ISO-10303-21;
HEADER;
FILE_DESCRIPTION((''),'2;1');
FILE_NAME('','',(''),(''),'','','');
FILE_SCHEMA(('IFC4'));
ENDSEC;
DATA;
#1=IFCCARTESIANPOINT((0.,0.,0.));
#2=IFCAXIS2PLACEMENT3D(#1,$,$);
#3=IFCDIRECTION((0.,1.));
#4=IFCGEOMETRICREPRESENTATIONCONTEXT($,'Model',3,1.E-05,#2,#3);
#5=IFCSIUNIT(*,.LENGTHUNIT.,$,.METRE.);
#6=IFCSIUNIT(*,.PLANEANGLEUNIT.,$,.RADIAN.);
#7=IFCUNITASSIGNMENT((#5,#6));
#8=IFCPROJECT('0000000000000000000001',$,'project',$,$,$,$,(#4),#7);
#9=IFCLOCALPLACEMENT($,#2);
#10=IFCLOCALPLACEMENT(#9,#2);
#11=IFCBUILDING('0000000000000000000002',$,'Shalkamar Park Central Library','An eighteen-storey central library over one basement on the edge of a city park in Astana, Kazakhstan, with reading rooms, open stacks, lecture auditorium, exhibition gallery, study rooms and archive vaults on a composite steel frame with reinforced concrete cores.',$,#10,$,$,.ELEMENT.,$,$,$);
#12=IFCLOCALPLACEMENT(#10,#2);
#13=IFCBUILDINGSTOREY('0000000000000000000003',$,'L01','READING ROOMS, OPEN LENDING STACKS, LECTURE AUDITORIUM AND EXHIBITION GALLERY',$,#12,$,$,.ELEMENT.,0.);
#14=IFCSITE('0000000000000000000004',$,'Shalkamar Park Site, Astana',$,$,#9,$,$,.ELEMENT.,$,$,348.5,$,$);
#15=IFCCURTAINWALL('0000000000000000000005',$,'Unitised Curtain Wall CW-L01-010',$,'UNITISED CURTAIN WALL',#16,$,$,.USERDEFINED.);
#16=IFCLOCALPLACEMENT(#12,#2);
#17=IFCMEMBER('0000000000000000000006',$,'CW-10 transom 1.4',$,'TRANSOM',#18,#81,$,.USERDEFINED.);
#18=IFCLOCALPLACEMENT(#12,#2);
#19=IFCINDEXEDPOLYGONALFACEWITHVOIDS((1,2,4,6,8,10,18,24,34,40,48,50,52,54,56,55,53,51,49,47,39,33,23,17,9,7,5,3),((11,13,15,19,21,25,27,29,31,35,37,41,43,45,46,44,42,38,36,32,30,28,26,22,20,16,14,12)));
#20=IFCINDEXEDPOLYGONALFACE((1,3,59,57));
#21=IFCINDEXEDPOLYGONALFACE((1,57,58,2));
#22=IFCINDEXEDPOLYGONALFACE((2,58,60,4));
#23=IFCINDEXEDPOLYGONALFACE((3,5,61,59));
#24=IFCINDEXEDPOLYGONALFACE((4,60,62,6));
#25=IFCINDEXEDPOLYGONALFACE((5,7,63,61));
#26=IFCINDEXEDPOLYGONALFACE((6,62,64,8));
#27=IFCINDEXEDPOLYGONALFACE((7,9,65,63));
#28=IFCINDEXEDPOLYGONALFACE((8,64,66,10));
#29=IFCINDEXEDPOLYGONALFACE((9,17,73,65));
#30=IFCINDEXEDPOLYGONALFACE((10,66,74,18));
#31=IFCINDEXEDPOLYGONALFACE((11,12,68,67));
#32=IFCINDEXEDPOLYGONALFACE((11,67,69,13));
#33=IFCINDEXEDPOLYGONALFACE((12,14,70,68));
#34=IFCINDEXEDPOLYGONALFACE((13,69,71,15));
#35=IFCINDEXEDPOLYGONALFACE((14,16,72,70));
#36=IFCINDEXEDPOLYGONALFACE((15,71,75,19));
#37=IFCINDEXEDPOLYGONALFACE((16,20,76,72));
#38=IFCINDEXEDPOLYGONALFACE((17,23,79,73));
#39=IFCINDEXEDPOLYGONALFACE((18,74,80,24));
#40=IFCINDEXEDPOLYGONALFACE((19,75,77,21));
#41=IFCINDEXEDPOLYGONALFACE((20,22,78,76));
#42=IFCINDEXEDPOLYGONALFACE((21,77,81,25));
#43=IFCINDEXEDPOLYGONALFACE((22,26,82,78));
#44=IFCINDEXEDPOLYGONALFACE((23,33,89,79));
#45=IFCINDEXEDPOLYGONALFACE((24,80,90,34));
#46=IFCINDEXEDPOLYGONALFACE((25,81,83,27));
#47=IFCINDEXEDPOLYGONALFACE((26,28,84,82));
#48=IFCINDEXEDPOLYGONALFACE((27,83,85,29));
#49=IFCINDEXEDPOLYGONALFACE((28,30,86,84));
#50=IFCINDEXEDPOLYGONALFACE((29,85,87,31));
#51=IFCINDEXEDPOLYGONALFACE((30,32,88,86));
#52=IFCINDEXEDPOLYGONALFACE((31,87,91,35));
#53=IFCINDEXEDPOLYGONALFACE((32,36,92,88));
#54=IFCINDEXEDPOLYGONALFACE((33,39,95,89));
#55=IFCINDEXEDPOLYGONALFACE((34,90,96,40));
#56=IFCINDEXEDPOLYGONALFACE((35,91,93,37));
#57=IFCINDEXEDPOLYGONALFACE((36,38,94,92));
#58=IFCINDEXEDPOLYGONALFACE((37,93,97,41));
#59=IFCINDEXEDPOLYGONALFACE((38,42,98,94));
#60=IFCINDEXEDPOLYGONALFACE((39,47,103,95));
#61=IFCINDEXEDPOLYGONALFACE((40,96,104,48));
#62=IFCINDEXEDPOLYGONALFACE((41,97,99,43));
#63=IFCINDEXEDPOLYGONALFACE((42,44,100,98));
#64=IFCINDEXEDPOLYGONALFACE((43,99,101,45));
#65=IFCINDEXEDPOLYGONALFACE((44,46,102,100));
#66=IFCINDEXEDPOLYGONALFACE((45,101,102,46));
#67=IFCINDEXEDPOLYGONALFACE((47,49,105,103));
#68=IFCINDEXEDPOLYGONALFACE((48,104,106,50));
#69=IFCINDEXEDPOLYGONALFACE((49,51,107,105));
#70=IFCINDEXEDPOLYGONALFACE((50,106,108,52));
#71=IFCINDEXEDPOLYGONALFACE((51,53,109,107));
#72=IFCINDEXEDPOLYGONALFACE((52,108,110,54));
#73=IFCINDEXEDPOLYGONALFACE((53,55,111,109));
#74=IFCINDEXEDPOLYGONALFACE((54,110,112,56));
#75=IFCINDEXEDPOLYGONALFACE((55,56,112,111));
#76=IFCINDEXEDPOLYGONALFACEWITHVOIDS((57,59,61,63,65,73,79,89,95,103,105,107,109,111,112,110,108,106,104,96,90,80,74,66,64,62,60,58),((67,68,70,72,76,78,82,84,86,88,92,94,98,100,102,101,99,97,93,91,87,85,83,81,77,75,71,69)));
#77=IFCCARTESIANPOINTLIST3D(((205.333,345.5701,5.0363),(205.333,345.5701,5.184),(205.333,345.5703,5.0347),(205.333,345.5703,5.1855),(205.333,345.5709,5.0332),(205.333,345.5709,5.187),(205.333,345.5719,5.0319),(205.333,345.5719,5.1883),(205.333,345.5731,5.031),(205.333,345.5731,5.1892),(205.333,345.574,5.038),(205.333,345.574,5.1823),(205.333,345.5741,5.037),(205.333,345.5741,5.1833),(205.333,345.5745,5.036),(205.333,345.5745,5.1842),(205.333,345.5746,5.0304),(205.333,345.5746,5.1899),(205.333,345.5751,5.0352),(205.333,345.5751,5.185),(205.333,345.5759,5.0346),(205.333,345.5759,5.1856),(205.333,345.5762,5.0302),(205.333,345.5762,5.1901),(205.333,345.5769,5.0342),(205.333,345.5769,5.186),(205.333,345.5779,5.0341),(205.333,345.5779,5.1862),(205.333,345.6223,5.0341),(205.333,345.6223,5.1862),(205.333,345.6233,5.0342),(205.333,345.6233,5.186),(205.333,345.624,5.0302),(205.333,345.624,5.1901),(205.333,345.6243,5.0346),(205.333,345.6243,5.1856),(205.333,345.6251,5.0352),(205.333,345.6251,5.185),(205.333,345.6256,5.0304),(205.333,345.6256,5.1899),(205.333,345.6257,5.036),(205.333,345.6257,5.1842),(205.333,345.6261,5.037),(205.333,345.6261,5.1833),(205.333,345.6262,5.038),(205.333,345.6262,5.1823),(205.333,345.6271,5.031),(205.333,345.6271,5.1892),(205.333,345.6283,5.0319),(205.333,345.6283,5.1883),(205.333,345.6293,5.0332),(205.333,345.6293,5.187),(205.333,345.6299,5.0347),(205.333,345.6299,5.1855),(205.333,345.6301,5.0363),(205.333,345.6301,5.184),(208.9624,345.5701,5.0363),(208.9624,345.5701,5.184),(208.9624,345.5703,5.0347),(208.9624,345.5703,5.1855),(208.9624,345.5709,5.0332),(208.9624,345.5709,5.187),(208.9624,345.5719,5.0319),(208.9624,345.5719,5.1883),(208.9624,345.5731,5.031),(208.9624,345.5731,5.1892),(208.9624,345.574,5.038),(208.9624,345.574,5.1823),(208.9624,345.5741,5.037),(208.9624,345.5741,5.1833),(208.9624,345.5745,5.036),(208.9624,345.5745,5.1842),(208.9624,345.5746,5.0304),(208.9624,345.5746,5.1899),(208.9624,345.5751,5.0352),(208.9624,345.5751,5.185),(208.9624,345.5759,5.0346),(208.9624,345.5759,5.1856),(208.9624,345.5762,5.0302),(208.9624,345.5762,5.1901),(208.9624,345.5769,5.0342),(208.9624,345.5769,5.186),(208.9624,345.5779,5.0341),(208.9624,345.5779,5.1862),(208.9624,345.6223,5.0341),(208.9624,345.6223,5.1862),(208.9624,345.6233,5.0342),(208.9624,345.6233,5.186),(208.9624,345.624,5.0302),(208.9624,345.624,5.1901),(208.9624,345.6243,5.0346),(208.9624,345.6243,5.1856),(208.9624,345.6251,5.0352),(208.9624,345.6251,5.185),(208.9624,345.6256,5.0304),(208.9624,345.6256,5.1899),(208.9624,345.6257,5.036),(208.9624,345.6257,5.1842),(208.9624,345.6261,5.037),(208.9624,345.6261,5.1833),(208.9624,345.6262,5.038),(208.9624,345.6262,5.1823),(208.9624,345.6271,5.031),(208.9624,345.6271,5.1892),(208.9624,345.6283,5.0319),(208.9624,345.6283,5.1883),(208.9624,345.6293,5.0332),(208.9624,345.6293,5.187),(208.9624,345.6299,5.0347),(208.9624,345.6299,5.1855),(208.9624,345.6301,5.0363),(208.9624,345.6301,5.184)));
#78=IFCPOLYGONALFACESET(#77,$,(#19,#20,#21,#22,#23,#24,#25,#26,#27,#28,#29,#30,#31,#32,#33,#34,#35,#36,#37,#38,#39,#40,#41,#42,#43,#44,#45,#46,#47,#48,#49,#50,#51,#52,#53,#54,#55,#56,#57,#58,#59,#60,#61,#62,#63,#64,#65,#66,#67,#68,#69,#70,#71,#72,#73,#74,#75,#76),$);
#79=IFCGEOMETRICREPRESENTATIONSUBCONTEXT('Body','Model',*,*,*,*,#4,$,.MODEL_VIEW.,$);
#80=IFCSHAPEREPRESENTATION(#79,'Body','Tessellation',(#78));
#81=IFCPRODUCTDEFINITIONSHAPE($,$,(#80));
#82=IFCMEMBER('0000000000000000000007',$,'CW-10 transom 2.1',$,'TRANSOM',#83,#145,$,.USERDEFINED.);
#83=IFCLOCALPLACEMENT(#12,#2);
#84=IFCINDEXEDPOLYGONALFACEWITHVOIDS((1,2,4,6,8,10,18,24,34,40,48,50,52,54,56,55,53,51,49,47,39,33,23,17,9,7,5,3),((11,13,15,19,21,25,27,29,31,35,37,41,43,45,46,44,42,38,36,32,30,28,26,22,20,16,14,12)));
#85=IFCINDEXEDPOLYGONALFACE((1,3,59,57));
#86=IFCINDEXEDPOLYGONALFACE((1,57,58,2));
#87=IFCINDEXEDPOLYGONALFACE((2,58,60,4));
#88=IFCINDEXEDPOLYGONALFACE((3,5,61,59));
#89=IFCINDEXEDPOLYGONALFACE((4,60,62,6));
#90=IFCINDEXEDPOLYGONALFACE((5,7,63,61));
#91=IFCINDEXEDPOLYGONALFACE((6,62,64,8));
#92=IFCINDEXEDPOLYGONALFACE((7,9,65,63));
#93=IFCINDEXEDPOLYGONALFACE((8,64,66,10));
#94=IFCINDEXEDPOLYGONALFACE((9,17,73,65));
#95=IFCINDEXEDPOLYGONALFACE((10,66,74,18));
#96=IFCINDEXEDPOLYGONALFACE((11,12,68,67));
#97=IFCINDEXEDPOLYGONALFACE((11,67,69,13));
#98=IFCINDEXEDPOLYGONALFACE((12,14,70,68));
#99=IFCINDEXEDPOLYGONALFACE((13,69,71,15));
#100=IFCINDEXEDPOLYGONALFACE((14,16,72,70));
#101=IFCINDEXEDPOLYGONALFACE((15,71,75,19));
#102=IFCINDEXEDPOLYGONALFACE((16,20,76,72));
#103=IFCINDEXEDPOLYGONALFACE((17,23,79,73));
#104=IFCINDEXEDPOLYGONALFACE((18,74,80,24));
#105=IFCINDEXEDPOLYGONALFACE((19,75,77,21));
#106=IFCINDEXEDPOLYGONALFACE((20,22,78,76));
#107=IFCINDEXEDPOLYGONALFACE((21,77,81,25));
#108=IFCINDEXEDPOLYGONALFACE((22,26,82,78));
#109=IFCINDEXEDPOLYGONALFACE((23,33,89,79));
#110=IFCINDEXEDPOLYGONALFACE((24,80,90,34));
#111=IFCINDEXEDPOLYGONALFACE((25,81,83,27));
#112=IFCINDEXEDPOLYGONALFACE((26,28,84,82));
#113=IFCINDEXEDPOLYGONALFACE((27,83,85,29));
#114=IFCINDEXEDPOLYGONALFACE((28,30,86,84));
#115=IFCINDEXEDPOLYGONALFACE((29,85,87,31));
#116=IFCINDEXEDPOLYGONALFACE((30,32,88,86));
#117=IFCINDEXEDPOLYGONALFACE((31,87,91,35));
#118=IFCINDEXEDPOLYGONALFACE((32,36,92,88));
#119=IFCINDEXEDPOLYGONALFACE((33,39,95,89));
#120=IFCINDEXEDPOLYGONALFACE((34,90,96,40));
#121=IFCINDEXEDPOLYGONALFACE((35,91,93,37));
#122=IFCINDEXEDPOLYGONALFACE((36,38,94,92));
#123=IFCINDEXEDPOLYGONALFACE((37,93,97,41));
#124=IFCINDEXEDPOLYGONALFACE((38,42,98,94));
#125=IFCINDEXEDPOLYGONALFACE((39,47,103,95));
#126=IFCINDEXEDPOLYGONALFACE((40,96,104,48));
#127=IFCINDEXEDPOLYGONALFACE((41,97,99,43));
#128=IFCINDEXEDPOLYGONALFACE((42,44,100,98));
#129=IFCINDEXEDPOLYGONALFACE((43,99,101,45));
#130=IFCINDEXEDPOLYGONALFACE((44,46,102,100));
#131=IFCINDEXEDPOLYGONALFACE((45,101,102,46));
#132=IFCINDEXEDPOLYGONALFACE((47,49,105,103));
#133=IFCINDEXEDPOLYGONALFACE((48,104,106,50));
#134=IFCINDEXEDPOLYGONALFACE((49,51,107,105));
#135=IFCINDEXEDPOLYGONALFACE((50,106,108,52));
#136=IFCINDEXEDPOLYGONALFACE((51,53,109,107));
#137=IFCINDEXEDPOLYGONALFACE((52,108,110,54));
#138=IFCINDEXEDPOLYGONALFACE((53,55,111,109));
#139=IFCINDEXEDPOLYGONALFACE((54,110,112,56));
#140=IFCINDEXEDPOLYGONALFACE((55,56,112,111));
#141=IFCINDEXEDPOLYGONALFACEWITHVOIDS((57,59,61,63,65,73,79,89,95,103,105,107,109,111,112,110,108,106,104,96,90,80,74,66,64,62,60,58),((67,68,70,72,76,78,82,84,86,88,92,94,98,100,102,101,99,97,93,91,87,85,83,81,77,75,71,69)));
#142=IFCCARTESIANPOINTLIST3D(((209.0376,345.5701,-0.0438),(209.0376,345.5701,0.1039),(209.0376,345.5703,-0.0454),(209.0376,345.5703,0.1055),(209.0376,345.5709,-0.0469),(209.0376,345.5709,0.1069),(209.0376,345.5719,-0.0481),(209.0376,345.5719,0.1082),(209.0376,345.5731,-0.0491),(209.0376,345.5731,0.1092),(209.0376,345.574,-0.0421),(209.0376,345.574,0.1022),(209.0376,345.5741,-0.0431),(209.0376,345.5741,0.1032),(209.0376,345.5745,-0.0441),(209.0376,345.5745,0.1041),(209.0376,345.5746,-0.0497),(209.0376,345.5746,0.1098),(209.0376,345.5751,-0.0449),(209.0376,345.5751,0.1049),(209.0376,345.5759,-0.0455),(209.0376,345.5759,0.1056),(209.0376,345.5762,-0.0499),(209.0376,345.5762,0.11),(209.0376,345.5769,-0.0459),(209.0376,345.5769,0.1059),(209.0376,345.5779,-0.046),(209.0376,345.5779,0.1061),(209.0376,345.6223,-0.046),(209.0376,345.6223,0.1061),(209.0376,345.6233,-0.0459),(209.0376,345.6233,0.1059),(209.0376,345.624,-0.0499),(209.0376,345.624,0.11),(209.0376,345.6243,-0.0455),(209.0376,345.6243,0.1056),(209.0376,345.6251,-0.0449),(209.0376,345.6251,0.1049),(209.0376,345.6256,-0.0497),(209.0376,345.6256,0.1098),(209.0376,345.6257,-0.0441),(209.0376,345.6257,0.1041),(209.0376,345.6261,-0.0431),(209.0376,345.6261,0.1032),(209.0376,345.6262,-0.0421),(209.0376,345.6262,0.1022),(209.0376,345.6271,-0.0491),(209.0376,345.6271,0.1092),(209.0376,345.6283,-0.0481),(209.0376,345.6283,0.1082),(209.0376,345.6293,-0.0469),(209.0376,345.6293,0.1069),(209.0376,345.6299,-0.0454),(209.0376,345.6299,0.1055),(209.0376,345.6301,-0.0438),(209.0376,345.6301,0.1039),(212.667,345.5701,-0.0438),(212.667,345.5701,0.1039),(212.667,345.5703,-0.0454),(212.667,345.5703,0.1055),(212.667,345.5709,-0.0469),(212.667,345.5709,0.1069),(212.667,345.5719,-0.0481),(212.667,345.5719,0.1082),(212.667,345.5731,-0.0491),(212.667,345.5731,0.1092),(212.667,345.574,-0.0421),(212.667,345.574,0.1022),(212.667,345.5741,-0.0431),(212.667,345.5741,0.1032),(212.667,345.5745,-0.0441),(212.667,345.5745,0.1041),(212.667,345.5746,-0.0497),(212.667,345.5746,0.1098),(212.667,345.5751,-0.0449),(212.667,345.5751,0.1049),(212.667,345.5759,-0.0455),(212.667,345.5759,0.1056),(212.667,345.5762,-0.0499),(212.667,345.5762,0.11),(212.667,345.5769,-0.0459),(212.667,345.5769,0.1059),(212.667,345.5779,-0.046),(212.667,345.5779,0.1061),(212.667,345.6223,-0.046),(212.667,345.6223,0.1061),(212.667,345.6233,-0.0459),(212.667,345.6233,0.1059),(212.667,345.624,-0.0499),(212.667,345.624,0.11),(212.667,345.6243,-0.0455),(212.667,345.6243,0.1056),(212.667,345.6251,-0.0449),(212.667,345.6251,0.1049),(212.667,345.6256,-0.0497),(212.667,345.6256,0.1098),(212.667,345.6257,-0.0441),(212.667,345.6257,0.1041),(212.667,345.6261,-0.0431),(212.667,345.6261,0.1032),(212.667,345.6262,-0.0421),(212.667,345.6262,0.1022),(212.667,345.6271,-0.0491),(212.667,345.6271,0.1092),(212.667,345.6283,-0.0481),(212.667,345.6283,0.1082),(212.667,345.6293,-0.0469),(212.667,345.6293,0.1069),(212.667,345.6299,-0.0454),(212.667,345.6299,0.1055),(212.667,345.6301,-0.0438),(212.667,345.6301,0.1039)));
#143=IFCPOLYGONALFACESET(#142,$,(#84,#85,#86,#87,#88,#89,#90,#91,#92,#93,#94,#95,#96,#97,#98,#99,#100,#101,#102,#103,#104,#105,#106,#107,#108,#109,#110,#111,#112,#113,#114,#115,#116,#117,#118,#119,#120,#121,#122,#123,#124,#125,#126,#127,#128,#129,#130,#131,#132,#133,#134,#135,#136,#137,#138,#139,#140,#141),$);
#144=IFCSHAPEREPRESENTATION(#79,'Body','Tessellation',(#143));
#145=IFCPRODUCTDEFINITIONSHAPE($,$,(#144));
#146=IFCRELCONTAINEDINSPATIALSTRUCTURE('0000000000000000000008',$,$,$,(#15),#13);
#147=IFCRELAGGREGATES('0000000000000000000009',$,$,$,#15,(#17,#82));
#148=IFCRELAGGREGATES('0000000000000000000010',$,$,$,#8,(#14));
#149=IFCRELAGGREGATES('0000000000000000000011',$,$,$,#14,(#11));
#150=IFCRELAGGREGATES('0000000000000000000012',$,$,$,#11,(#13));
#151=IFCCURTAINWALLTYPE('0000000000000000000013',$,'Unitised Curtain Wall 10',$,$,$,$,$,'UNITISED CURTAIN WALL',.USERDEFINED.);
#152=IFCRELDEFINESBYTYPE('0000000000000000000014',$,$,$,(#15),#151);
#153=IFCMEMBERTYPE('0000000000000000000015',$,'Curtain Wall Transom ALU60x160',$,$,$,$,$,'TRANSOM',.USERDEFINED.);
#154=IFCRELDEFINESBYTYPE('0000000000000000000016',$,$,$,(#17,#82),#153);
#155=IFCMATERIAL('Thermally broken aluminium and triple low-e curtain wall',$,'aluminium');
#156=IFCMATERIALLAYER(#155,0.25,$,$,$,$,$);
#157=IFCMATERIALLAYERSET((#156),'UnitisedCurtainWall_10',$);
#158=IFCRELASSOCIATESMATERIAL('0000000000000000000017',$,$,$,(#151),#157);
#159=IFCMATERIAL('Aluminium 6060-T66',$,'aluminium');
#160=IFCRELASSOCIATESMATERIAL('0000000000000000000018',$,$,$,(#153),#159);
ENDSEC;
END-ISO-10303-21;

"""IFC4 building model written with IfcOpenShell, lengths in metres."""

from ifc_helpers import new_model, si_unit, direction, frame, origin, origin_2d, place, context, subcontext, project, spatial, hollow_rectangle, extrude, material, layer, layer_set, material_profile, profile_set, type_object, element, aggregate, save


model = new_model("IFC4")

# Units and contexts
model_context = context("Model", 3, precision=1e-05, world=origin(), true_north=direction((0.0, 1.0)))
body_context = subcontext(model_context, "Body", "Model", "MODEL_VIEW")
ifc_project = project(units=[si_unit("LENGTHUNIT", "METRE"), si_unit("PLANEANGLEUNIT", "RADIAN")], contexts=[model_context])

# Site, building, storey
site_placement = place(None, origin())
site = spatial("IfcSite", under=ifc_project, at=site_placement, Name="Shalkamar Park Site, Astana", CompositionType="ELEMENT", RefElevation=348.5)
building_placement = place(site_placement, origin())
building = spatial("IfcBuilding", under=site, at=building_placement, Name="Shalkamar Park Central Library", Description="An eighteen-storey central library over one basement on the edge of a city park in Astana, Kazakhstan, with reading rooms, open stacks, lecture auditorium, exhibition gallery, study rooms and archive vaults on a composite steel frame with reinforced concrete cores.", CompositionType="ELEMENT")
storey_placement = place(building_placement, origin())
storey = spatial("IfcBuildingStorey", under=building, at=storey_placement, Name="L01", Description="READING ROOMS, OPEN LENDING STACKS, LECTURE AUDITORIUM AND EXHIBITION GALLERY", CompositionType="ELEMENT", Elevation=0.0)

# Curtain wall, members
ifc_material_1 = material(Name="Thermally broken aluminium and triple low-e curtain wall", Category="aluminium")
ifc_layer_1 = layer(ifc_material_1, 0.25)
ifc_layer_set_1 = layer_set([ifc_layer_1], Name="UnitisedCurtainWall_10")
curtain_wall_type = type_object("IfcCurtainWallType", Name="Unitised Curtain Wall 10", ElementType="UNITISED CURTAIN WALL", PredefinedType="USERDEFINED", material=ifc_layer_set_1)
curtain_wall_placement = place(storey_placement, origin())
curtain_wall = element("IfcCurtainWall", 1, at=curtain_wall_placement, inside=storey, type_object=curtain_wall_type, Name="Unitised Curtain Wall CW-L01-010", ObjectType="UNITISED CURTAIN WALL", PredefinedType="USERDEFINED")
ifc_material_2 = material(Name="Aluminium 6060-T66", Category="aluminium")
ifc_material_profile_1 = material_profile(ifc_material_2, hollow_rectangle(XDim=0.0601, YDim=0.1599, WallThickness=0.0039, InnerFilletRadius=0.0039, OuterFilletRadius=0.0061, at=origin_2d()), Name="ALU 60x160x4")
ifc_profile_set_1 = profile_set([ifc_material_profile_1], Name="Aluminium 6060-T66")
member_type_1 = type_object("IfcMemberType", Name="Curtain Wall Transom ALU60x160", ElementType="TRANSOM", PredefinedType="USERDEFINED", material=ifc_profile_set_1)
member_1_placement = place(storey_placement, frame((205.333, 345.6001, 5.1101), z_axis=(1.0, 0.0, 0.0), x_axis=(0.0, 1.0, 0.0)))
member_1 = element("IfcMember", 2, at=member_1_placement, type_object=member_type_1, Name="CW-10 transom 1.4", ObjectType="TRANSOM", PredefinedType="USERDEFINED", context=body_context, shape_type="SweptSolid", body=[
    extrude(hollow_rectangle(XDim=0.0601, YDim=0.1599, WallThickness=0.0039, InnerFilletRadius=0.0039, OuterFilletRadius=0.0061, at=origin_2d()), origin(), (0.0, 0.0, 1.0), 3.6294),
])
member_2_placement = place(storey_placement, frame((209.0376, 345.6001, 0.03), z_axis=(1.0, 0.0, 0.0), x_axis=(0.0, 1.0, 0.0)))
member_2 = element("IfcMember", 3, at=member_2_placement, type_object=member_type_1, Name="CW-10 transom 2.1", ObjectType="TRANSOM", PredefinedType="USERDEFINED", context=body_context, shape_type="SweptSolid", body=[
    extrude(hollow_rectangle(XDim=0.0601, YDim=0.1599, WallThickness=0.0039, InnerFilletRadius=0.0039, OuterFilletRadius=0.0061, at=origin_2d()), origin(), (0.0, 0.0, 1.0), 3.6294),
])

aggregate(curtain_wall, [member_1, member_2])

save(model, "model.ifc")
